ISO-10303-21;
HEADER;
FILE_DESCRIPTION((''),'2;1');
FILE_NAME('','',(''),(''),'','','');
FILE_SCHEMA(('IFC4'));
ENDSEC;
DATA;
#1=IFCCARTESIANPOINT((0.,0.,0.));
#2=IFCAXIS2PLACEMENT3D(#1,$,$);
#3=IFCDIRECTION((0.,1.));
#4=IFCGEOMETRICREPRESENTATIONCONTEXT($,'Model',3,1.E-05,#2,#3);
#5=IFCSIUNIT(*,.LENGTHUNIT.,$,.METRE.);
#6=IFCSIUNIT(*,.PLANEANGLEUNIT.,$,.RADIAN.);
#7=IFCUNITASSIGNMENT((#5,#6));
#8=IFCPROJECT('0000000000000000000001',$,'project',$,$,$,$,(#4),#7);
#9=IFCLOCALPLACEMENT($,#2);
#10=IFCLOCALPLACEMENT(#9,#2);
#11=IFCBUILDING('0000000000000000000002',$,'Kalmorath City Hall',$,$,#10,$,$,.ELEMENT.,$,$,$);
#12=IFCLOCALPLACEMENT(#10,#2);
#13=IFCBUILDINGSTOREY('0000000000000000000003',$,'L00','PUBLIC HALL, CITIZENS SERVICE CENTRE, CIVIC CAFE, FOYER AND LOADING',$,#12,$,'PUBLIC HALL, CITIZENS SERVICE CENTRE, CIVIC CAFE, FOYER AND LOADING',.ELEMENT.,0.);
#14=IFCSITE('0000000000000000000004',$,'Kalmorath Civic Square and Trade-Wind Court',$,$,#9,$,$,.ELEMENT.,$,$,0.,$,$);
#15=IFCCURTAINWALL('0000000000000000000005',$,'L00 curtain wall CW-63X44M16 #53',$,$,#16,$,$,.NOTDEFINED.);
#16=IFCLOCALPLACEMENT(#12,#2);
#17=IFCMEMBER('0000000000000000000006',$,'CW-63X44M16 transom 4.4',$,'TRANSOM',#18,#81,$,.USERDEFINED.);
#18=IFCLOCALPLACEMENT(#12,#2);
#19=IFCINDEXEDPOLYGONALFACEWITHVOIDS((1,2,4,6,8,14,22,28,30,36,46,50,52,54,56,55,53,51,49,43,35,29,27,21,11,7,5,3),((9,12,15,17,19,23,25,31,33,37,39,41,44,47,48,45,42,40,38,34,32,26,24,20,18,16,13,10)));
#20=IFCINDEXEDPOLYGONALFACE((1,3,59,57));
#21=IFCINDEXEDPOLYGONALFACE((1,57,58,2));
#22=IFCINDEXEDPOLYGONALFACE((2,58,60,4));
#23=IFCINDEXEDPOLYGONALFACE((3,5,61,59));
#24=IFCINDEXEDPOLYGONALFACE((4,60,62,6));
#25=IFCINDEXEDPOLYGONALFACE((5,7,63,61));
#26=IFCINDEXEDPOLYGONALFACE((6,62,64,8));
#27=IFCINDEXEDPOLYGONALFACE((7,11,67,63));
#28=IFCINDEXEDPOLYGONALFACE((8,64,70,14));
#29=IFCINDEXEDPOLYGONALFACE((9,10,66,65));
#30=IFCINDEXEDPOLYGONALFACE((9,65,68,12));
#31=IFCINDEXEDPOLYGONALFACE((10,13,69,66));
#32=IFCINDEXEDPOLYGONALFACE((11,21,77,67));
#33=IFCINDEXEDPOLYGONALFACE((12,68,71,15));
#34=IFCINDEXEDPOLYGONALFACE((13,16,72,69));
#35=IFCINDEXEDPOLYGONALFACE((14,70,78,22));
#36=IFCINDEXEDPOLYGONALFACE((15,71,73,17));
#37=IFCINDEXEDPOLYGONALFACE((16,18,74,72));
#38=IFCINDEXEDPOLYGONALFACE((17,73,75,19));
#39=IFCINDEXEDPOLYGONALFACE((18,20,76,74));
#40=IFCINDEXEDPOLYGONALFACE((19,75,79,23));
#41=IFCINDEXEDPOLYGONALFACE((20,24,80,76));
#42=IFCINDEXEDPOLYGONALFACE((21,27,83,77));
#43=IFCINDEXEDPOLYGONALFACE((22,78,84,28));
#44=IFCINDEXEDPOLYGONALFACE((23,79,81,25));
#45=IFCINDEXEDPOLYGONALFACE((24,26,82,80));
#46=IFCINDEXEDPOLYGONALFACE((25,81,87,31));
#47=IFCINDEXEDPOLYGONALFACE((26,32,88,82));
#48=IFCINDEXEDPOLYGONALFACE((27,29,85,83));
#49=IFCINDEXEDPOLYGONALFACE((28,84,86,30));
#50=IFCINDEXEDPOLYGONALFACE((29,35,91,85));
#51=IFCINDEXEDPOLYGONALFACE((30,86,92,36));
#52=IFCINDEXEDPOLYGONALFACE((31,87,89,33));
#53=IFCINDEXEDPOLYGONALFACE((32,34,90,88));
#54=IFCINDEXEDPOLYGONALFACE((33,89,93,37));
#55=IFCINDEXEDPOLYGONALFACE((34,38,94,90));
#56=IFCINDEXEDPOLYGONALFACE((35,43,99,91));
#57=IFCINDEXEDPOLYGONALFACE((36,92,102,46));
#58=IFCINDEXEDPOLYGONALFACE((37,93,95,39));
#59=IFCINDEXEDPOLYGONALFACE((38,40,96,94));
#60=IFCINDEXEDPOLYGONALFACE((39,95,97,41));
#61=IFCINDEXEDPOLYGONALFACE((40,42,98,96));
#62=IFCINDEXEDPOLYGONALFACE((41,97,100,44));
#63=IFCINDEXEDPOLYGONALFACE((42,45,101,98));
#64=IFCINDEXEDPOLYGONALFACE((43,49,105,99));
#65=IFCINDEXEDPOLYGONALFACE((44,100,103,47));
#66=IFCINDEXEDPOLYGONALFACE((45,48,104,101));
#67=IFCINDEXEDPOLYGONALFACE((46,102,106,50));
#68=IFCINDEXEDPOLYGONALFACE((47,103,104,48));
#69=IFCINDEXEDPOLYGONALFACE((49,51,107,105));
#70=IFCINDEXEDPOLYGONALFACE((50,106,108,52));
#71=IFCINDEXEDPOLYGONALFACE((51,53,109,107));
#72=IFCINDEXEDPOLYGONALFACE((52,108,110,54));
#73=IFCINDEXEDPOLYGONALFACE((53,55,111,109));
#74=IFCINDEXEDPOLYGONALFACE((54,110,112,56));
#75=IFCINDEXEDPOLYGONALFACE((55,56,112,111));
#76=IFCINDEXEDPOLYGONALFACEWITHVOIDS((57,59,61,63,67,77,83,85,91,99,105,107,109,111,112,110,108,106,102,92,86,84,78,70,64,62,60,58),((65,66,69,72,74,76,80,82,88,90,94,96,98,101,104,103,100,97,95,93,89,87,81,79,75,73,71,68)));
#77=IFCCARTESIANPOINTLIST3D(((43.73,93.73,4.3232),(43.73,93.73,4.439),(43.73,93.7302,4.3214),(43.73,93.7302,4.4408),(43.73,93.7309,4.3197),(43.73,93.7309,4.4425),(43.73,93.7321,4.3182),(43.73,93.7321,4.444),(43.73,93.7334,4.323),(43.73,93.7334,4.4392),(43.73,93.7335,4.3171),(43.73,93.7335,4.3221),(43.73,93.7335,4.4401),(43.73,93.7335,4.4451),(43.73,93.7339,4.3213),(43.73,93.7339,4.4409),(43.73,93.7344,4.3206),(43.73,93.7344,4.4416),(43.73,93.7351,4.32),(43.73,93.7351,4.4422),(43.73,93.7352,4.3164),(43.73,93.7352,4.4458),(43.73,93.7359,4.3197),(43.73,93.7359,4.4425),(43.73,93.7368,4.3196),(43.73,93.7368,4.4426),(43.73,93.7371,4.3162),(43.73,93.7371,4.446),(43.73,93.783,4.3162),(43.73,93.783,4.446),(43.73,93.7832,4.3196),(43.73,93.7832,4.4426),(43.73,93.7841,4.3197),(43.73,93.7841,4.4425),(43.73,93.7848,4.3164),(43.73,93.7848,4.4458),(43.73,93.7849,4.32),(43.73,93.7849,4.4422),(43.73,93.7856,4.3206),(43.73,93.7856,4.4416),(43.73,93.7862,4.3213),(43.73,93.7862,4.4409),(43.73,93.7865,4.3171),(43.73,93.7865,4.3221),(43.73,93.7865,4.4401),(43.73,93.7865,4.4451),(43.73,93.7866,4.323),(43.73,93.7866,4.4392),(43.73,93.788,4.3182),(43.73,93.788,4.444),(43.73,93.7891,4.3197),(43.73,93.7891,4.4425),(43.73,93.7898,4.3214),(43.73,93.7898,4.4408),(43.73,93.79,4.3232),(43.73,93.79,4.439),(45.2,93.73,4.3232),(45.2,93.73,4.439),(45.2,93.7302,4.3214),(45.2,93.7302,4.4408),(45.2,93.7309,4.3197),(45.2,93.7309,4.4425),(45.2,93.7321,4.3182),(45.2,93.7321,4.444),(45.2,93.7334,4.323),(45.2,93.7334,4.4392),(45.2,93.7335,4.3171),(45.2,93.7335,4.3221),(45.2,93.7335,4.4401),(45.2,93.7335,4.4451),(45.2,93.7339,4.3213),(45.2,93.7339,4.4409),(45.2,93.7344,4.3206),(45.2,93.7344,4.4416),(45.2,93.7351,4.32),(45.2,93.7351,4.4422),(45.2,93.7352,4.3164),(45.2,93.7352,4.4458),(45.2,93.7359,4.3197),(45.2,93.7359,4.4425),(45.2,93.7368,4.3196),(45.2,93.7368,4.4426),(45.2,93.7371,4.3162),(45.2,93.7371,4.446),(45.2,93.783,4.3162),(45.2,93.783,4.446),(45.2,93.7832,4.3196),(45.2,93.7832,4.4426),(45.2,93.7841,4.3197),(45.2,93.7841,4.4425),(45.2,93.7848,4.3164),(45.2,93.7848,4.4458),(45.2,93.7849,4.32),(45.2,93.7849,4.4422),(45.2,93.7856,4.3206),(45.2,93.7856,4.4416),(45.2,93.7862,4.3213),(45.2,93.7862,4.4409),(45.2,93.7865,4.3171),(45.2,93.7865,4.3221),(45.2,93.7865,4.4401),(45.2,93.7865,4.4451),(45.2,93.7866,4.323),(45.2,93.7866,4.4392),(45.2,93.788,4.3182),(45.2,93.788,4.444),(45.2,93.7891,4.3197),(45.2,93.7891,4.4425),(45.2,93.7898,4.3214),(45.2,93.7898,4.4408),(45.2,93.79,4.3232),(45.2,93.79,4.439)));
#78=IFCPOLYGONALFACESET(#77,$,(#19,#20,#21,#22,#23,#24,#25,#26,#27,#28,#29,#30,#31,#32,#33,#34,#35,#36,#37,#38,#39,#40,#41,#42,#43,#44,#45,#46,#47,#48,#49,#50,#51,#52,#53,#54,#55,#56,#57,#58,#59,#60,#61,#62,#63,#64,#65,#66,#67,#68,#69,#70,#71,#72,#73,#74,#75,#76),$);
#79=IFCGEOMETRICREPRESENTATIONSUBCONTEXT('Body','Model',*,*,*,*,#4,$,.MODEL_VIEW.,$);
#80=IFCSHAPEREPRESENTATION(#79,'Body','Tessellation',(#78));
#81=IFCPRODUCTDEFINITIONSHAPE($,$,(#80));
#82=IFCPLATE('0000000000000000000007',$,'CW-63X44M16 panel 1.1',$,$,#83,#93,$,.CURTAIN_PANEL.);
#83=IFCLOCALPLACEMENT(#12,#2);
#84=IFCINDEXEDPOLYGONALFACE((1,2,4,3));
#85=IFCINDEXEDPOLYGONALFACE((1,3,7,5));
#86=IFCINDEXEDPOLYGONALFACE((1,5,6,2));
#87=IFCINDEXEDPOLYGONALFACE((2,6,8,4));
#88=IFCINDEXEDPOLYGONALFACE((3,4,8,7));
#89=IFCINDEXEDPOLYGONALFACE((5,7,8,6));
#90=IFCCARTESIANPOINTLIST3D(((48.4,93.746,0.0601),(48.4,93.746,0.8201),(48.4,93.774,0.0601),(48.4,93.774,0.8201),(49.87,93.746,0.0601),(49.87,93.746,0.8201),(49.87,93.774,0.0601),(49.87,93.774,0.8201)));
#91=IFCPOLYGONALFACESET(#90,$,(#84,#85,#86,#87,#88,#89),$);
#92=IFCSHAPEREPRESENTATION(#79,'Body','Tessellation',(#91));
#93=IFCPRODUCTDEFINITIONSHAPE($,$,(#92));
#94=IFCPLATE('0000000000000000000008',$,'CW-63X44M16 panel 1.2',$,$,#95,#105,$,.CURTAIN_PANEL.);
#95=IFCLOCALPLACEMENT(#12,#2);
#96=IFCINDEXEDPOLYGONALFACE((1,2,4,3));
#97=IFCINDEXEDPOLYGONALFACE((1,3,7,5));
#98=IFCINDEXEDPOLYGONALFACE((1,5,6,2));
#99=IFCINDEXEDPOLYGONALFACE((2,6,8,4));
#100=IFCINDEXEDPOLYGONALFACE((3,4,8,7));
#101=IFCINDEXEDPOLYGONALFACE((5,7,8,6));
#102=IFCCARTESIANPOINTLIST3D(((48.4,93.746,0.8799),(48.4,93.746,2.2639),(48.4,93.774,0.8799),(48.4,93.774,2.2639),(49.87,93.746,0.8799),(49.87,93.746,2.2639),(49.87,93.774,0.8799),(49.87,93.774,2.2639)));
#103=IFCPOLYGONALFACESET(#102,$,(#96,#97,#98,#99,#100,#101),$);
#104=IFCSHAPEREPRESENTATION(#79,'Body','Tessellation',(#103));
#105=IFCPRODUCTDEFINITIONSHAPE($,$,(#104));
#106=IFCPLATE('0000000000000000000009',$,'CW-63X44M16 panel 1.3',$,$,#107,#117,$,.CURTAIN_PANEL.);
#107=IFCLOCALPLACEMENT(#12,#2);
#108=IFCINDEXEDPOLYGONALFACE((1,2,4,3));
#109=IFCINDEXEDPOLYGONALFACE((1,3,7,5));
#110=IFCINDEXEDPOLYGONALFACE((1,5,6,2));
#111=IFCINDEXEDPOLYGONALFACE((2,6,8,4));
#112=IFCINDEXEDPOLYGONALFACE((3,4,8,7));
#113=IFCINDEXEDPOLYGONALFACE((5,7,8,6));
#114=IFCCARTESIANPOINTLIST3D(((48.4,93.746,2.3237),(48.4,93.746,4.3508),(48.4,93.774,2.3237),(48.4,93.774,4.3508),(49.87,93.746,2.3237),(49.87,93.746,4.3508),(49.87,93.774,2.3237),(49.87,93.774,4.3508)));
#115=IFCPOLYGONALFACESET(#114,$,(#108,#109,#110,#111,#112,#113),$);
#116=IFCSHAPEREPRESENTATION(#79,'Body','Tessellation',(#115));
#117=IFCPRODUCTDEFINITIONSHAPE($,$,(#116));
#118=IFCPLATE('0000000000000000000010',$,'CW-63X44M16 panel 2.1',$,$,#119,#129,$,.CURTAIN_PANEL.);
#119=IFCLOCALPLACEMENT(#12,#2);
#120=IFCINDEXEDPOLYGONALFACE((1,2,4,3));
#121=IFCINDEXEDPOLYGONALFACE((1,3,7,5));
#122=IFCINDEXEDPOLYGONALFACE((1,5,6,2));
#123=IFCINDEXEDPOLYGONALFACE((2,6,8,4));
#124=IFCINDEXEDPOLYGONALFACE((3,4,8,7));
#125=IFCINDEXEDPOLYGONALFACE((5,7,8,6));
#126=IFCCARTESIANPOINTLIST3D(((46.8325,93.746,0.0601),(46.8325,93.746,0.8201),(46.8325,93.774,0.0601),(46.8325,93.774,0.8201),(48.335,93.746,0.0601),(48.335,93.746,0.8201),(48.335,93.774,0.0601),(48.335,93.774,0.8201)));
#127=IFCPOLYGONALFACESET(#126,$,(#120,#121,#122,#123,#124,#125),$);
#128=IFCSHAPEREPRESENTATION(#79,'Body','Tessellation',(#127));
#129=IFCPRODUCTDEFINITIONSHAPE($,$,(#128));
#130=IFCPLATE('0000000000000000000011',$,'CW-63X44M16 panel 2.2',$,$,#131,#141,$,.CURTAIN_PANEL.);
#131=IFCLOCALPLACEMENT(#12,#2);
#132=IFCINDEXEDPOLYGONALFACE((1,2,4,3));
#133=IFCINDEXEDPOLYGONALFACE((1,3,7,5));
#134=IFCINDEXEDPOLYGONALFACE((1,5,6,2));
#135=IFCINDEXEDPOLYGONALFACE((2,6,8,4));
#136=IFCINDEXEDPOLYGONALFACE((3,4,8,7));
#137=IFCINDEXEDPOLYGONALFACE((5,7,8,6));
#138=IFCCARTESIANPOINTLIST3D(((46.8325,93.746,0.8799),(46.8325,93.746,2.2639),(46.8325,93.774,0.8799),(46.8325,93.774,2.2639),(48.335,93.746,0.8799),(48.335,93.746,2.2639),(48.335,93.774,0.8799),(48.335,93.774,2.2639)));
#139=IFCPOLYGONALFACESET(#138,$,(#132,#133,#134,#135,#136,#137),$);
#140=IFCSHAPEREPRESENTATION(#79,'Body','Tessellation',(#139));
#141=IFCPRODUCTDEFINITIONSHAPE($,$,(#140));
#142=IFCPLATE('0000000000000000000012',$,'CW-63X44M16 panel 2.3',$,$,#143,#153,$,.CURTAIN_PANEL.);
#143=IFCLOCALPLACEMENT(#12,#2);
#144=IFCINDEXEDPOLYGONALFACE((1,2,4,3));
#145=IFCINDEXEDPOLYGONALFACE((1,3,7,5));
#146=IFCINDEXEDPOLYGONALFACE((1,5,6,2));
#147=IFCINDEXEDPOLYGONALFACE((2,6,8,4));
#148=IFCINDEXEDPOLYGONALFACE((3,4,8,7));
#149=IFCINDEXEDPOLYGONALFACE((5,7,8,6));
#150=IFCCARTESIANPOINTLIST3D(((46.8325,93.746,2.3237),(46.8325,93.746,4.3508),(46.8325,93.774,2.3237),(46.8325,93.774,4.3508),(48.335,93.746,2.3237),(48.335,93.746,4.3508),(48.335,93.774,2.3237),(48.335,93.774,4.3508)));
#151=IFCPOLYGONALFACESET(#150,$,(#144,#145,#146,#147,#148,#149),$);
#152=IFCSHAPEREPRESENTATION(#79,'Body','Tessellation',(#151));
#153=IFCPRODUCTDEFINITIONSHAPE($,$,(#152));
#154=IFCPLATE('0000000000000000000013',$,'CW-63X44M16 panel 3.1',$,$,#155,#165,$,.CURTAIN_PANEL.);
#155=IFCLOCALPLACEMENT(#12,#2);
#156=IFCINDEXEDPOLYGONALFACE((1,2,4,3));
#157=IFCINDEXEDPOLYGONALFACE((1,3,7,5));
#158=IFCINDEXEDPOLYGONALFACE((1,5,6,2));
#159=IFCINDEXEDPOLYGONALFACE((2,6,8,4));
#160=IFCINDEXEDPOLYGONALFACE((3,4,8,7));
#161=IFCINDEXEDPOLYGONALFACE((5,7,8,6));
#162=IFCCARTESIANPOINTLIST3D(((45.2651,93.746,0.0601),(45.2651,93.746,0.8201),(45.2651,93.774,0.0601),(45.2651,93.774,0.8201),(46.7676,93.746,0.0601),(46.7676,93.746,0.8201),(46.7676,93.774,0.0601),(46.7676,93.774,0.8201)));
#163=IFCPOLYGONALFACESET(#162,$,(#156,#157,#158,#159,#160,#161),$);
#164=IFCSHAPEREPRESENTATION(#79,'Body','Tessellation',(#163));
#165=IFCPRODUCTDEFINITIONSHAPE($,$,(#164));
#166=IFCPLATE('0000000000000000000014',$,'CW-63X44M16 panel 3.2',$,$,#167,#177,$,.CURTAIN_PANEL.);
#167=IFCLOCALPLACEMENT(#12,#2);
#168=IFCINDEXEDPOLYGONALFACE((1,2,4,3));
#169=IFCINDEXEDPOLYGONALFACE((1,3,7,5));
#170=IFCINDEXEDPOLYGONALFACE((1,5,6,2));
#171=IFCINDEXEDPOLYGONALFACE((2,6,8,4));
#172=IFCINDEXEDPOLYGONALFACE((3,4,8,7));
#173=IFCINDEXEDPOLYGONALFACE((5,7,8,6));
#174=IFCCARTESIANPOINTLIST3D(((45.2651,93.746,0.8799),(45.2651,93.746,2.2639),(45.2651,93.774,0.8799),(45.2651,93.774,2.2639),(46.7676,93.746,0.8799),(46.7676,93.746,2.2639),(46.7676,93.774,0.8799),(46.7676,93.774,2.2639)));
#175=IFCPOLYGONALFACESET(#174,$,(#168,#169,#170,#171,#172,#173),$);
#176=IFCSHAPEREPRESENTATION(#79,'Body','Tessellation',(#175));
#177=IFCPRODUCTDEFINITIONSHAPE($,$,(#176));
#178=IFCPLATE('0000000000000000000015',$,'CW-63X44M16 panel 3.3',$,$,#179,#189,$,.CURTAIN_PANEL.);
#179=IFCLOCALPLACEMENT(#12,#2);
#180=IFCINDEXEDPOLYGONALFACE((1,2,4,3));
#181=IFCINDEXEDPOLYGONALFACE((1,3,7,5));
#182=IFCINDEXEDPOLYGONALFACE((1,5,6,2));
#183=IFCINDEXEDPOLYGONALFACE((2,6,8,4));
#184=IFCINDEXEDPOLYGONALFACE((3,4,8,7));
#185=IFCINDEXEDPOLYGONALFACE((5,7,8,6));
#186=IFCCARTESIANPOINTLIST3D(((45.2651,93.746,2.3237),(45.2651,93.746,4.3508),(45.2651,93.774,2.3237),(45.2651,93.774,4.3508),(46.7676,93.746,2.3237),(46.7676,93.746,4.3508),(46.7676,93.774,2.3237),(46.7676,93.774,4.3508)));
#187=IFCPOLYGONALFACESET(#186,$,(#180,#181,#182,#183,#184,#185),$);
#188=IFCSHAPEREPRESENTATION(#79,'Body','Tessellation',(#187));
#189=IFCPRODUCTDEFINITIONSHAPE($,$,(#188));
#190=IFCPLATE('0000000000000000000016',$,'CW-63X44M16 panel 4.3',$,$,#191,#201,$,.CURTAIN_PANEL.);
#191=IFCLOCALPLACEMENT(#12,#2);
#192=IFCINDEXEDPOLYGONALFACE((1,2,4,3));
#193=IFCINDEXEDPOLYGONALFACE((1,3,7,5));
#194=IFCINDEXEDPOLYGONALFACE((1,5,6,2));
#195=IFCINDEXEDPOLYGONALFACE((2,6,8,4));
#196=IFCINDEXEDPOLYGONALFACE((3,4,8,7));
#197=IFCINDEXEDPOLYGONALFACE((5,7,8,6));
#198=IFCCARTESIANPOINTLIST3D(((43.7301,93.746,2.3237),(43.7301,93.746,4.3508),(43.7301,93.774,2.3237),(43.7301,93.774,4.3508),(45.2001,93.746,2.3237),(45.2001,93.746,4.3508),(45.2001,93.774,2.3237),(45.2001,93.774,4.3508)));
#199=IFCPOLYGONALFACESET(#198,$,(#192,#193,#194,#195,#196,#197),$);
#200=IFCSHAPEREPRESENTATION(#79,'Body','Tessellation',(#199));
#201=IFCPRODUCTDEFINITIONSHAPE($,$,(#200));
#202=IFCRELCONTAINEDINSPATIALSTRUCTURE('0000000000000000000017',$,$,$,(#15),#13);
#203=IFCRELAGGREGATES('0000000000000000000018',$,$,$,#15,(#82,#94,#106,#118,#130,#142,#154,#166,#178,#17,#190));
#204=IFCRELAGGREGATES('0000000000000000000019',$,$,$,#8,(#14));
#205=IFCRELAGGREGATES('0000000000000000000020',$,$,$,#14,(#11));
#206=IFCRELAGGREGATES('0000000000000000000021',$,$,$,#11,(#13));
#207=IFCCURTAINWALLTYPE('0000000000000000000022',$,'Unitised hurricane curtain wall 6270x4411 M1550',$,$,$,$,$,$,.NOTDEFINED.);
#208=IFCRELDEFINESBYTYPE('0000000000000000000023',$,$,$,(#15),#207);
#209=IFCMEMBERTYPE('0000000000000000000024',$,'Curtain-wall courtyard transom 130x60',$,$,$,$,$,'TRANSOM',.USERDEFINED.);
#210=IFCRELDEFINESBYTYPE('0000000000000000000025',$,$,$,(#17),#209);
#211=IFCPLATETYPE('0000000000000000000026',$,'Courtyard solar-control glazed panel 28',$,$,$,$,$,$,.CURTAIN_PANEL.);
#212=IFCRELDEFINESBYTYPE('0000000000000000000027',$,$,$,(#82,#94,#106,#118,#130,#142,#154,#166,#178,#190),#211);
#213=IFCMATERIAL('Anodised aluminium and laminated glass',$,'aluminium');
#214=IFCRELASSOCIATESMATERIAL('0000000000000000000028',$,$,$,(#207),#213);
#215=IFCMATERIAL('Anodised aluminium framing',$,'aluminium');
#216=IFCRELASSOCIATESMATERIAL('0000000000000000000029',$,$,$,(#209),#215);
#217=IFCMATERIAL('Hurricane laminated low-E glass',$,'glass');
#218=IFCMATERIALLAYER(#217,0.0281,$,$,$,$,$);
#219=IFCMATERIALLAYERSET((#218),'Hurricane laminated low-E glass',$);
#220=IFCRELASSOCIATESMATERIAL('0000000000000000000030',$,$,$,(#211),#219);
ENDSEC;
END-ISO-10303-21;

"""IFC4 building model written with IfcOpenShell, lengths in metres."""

from ifc_helpers import new_model, si_unit, direction, frame, origin, origin_2d, place, context, subcontext, project, spatial, rectangle, hollow_rectangle, extrude, material, layer, layer_set, material_profile, profile_set, type_object, element, aggregate, save


model = new_model("IFC4")

# Units and contexts
model_context = context("Model", 3, precision=1e-05, world=origin(), true_north=direction((0.0, 1.0)))
body_context = subcontext(model_context, "Body", "Model", "MODEL_VIEW")
ifc_project = project(units=[si_unit("LENGTHUNIT", "METRE"), si_unit("PLANEANGLEUNIT", "RADIAN")], contexts=[model_context])

# Site, building, storey
site_placement = place(None, origin())
site = spatial("IfcSite", under=ifc_project, at=site_placement, Name="Kalmorath Civic Square and Trade-Wind Court", CompositionType="ELEMENT", RefElevation=0.0)
building_placement = place(site_placement, origin())
building = spatial("IfcBuilding", under=site, at=building_placement, Name="Kalmorath City Hall", CompositionType="ELEMENT")
storey_placement = place(building_placement, origin())
storey = spatial("IfcBuildingStorey", under=building, at=storey_placement, Name="L00", Description="PUBLIC HALL, CITIZENS SERVICE CENTRE, CIVIC CAFE, FOYER AND LOADING", LongName="PUBLIC HALL, CITIZENS SERVICE CENTRE, CIVIC CAFE, FOYER AND LOADING", CompositionType="ELEMENT", Elevation=0.0)

# Curtain wall, member, plates
ifc_material_1 = material(Name="Anodised aluminium and laminated glass", Category="aluminium")
curtain_wall_type = type_object("IfcCurtainWallType", Name="Unitised hurricane curtain wall 6270x4411 M1550", PredefinedType="NOTDEFINED", material=ifc_material_1)
curtain_wall_placement = place(storey_placement, origin())
curtain_wall = element("IfcCurtainWall", 1, at=curtain_wall_placement, inside=storey, type_object=curtain_wall_type, Name="L00 curtain wall CW-63X44M16 #53", PredefinedType="NOTDEFINED")
ifc_material_2 = material(Name="Anodised aluminium framing", Category="aluminium")
ifc_material_profile_1 = material_profile(ifc_material_2, hollow_rectangle(XDim=0.0601, YDim=0.1299, WallThickness=0.0034, InnerFilletRadius=0.0034, OuterFilletRadius=0.0071, at=origin_2d()), Name="ALU-TRN-130X60X3.5")
ifc_profile_set_1 = profile_set([ifc_material_profile_1], Name="Anodised aluminium framing")
member_type_1 = type_object("IfcMemberType", Name="Curtain-wall courtyard transom 130x60", ElementType="TRANSOM", PredefinedType="USERDEFINED", material=ifc_profile_set_1)
member_1_placement = place(storey_placement, frame((45.2, 93.76, 4.3811), z_axis=(-1.0, 0.0, 0.0), x_axis=(0.0, -1.0, 0.0)))
member_1 = element("IfcMember", 2, at=member_1_placement, type_object=member_type_1, Name="CW-63X44M16 transom 4.4", ObjectType="TRANSOM", PredefinedType="USERDEFINED", context=body_context, shape_type="SweptSolid", body=[
    extrude(hollow_rectangle(XDim=0.0601, YDim=0.1299, WallThickness=0.0034, InnerFilletRadius=0.0034, OuterFilletRadius=0.0071, at=origin_2d()), origin(), (0.0, 0.0, 1.0), 1.47),
])
ifc_material_3 = material(Name="Hurricane laminated low-E glass", Category="glass")
ifc_layer = layer(ifc_material_3, 0.0281)
ifc_layer_set = layer_set([ifc_layer], Name="Hurricane laminated low-E glass")
plate_type = type_object("IfcPlateType", Name="Courtyard solar-control glazed panel 28", PredefinedType="CURTAIN_PANEL", material=ifc_layer_set)
plate_1_placement = place(storey_placement, frame((49.135, 93.76, 0.0601), z_axis=(0.0, 0.0, 1.0), x_axis=(-1.0, 0.0, 0.0)))
plate_1 = element("IfcPlate", 3, at=plate_1_placement, type_object=plate_type, Name="CW-63X44M16 panel 1.1", PredefinedType="CURTAIN_PANEL", context=body_context, shape_type="SweptSolid", body=[
    extrude(rectangle(XDim=1.47, YDim=0.0281, at=origin_2d()), origin(), (0.0, 0.0, 1.0), 0.76),
])
plate_2_placement = place(storey_placement, frame((49.135, 93.76, 0.8799), z_axis=(0.0, 0.0, 1.0), x_axis=(-1.0, 0.0, 0.0)))
plate_2 = element("IfcPlate", 4, at=plate_2_placement, type_object=plate_type, Name="CW-63X44M16 panel 1.2", PredefinedType="CURTAIN_PANEL", context=body_context, shape_type="SweptSolid", body=[
    extrude(rectangle(XDim=1.47, YDim=0.0281, at=origin_2d()), origin(), (0.0, 0.0, 1.0), 1.384),
])
plate_3_placement = place(storey_placement, frame((49.135, 93.76, 2.3237), z_axis=(0.0, 0.0, 1.0), x_axis=(-1.0, 0.0, 0.0)))
plate_3 = element("IfcPlate", 5, at=plate_3_placement, type_object=plate_type, Name="CW-63X44M16 panel 1.3", PredefinedType="CURTAIN_PANEL", context=body_context, shape_type="SweptSolid", body=[
    extrude(rectangle(XDim=1.47, YDim=0.0281, at=origin_2d()), origin(), (0.0, 0.0, 1.0), 2.0271),
])
plate_4_placement = place(storey_placement, frame((47.5837, 93.76, 0.0601), z_axis=(0.0, 0.0, 1.0), x_axis=(-1.0, 0.0, 0.0)))
plate_4 = element("IfcPlate", 6, at=plate_4_placement, type_object=plate_type, Name="CW-63X44M16 panel 2.1", PredefinedType="CURTAIN_PANEL", context=body_context, shape_type="SweptSolid", body=[
    extrude(rectangle(XDim=1.5024, YDim=0.0281, at=origin_2d()), origin(), (0.0, 0.0, 1.0), 0.76),
])
plate_5_placement = place(storey_placement, frame((47.5837, 93.76, 0.8799), z_axis=(0.0, 0.0, 1.0), x_axis=(-1.0, 0.0, 0.0)))
plate_5 = element("IfcPlate", 7, at=plate_5_placement, type_object=plate_type, Name="CW-63X44M16 panel 2.2", PredefinedType="CURTAIN_PANEL", context=body_context, shape_type="SweptSolid", body=[
    extrude(rectangle(XDim=1.5024, YDim=0.0281, at=origin_2d()), origin(), (0.0, 0.0, 1.0), 1.384),
])
plate_6_placement = place(storey_placement, frame((47.5837, 93.76, 2.3237), z_axis=(0.0, 0.0, 1.0), x_axis=(-1.0, 0.0, 0.0)))
plate_6 = element("IfcPlate", 8, at=plate_6_placement, type_object=plate_type, Name="CW-63X44M16 panel 2.3", PredefinedType="CURTAIN_PANEL", context=body_context, shape_type="SweptSolid", body=[
    extrude(rectangle(XDim=1.5024, YDim=0.0281, at=origin_2d()), origin(), (0.0, 0.0, 1.0), 2.0271),
])
plate_7_placement = place(storey_placement, frame((46.0164, 93.76, 0.0601), z_axis=(0.0, 0.0, 1.0), x_axis=(-1.0, 0.0, 0.0)))
plate_7 = element("IfcPlate", 9, at=plate_7_placement, type_object=plate_type, Name="CW-63X44M16 panel 3.1", PredefinedType="CURTAIN_PANEL", context=body_context, shape_type="SweptSolid", body=[
    extrude(rectangle(XDim=1.5024, YDim=0.0281, at=origin_2d()), origin(), (0.0, 0.0, 1.0), 0.76),
])
plate_8_placement = place(storey_placement, frame((46.0164, 93.76, 0.8799), z_axis=(0.0, 0.0, 1.0), x_axis=(-1.0, 0.0, 0.0)))
plate_8 = element("IfcPlate", 10, at=plate_8_placement, type_object=plate_type, Name="CW-63X44M16 panel 3.2", PredefinedType="CURTAIN_PANEL", context=body_context, shape_type="SweptSolid", body=[
    extrude(rectangle(XDim=1.5024, YDim=0.0281, at=origin_2d()), origin(), (0.0, 0.0, 1.0), 1.384),
])
plate_9_placement = place(storey_placement, frame((46.0164, 93.76, 2.3237), z_axis=(0.0, 0.0, 1.0), x_axis=(-1.0, 0.0, 0.0)))
plate_9 = element("IfcPlate", 11, at=plate_9_placement, type_object=plate_type, Name="CW-63X44M16 panel 3.3", PredefinedType="CURTAIN_PANEL", context=body_context, shape_type="SweptSolid", body=[
    extrude(rectangle(XDim=1.5024, YDim=0.0281, at=origin_2d()), origin(), (0.0, 0.0, 1.0), 2.0271),
])
plate_10_placement = place(storey_placement, frame((44.4651, 93.76, 2.3237), z_axis=(0.0, 0.0, 1.0), x_axis=(-1.0, 0.0, 0.0)))
plate_10 = element("IfcPlate", 12, at=plate_10_placement, type_object=plate_type, Name="CW-63X44M16 panel 4.3", PredefinedType="CURTAIN_PANEL", context=body_context, shape_type="SweptSolid", body=[
    extrude(rectangle(XDim=1.47, YDim=0.0281, at=origin_2d()), origin(), (0.0, 0.0, 1.0), 2.0271),
])
aggregate(curtain_wall, [plate_1, plate_2, plate_3, plate_4, plate_5, plate_6, plate_7, plate_8, plate_9, member_1, plate_10])

save(model, "model.ifc")
